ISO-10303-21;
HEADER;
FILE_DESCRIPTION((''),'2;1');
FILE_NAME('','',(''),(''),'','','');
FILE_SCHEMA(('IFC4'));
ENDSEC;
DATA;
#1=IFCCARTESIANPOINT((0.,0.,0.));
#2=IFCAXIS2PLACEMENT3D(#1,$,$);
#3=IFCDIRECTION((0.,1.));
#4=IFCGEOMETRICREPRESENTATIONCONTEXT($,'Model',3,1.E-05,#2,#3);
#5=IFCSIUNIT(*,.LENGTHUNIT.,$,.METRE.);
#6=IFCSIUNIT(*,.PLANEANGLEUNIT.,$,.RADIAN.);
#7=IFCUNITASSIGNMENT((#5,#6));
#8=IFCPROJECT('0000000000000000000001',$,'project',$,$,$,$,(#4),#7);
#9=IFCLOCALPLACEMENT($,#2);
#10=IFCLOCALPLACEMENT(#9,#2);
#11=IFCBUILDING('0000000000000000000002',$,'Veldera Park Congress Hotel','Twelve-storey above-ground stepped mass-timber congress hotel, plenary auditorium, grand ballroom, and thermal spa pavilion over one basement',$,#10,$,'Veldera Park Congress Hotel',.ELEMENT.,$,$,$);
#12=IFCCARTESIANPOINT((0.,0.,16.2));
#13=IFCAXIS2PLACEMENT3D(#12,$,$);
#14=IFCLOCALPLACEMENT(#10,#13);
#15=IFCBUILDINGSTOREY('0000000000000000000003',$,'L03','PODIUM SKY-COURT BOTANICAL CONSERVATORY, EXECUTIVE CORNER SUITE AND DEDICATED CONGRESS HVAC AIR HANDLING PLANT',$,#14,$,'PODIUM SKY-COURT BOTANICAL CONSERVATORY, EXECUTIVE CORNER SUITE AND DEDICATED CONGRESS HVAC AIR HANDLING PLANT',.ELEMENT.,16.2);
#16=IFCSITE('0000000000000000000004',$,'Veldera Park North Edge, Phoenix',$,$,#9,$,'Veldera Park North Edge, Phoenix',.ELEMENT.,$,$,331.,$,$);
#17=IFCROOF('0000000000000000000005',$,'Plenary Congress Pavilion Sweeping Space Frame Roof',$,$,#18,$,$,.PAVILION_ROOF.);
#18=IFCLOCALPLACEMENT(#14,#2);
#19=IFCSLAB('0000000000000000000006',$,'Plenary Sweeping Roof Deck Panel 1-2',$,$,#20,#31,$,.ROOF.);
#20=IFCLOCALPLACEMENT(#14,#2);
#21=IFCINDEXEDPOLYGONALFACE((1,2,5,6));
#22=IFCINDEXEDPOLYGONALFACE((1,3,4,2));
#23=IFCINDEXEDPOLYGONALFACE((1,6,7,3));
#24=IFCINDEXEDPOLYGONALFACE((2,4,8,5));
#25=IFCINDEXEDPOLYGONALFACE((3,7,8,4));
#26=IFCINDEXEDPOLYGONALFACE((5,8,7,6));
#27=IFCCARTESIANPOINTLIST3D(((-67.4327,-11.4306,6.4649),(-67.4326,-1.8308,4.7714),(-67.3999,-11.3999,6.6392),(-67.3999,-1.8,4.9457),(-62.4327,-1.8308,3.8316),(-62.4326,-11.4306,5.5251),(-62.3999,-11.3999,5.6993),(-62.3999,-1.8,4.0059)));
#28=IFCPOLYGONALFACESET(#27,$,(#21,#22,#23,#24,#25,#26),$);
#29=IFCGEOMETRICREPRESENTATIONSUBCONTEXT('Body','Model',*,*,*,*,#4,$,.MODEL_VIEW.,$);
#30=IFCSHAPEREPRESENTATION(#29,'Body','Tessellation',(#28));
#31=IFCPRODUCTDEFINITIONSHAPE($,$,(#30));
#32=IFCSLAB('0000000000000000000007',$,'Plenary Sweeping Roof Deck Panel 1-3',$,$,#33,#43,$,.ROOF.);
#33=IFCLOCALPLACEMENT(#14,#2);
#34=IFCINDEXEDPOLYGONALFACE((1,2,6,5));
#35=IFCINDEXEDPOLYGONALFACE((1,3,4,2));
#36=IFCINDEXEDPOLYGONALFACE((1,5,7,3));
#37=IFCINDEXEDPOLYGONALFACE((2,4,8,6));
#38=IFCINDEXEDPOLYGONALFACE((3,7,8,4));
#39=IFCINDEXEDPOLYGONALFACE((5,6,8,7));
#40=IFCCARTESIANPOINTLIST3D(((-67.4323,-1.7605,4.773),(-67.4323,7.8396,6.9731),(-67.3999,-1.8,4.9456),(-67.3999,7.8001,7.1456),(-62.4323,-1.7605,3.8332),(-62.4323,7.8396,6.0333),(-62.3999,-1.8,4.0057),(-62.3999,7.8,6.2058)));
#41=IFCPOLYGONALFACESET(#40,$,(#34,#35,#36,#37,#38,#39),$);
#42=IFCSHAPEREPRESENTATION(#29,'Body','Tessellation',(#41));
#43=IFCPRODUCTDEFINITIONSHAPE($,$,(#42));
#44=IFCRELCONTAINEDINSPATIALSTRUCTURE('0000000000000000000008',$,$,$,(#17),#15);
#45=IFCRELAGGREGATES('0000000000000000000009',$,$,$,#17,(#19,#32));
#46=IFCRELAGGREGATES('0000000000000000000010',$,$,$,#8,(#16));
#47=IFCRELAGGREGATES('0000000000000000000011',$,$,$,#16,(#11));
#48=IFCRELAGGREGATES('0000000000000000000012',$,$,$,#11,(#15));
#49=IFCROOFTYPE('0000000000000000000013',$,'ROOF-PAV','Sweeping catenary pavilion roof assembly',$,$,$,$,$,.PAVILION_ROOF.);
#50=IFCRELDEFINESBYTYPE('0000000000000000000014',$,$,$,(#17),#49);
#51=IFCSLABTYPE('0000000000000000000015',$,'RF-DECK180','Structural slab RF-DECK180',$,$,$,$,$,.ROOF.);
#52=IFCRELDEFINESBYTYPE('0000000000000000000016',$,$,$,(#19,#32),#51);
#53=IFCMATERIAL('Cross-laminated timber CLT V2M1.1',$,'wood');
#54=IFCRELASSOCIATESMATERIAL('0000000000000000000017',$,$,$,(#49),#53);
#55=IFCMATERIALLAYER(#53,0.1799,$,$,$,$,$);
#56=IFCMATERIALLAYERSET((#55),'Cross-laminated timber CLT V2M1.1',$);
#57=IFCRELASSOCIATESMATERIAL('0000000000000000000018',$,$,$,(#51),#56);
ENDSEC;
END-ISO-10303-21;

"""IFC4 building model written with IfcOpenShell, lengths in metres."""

from ifc_helpers import new_model, si_unit, direction, frame, origin, place, context, subcontext, project, spatial, polyline, outline, extrude, material, layer, layer_set, type_object, element, aggregate, save


model = new_model("IFC4")

# Units and contexts
model_context = context("Model", 3, precision=1e-05, world=origin(), true_north=direction((0.0, 1.0)))
body_context = subcontext(model_context, "Body", "Model", "MODEL_VIEW")
ifc_project = project(units=[si_unit("LENGTHUNIT", "METRE"), si_unit("PLANEANGLEUNIT", "RADIAN")], contexts=[model_context])

# Site, building, storey
site_placement = place(None, origin())
site = spatial("IfcSite", under=ifc_project, at=site_placement, Name="Veldera Park North Edge, Phoenix", LongName="Veldera Park North Edge, Phoenix", CompositionType="ELEMENT", RefElevation=331.0)
building_placement = place(site_placement, origin())
building = spatial("IfcBuilding", under=site, at=building_placement, Name="Veldera Park Congress Hotel", Description="Twelve-storey above-ground stepped mass-timber congress hotel, plenary auditorium, grand ballroom, and thermal spa pavilion over one basement", LongName="Veldera Park Congress Hotel", CompositionType="ELEMENT")
storey_placement = place(building_placement, frame((0.0, 0.0, 16.2)))
storey = spatial("IfcBuildingStorey", under=building, at=storey_placement, Name="L03", Description="PODIUM SKY-COURT BOTANICAL CONSERVATORY, EXECUTIVE CORNER SUITE AND DEDICATED CONGRESS HVAC AIR HANDLING PLANT", LongName="PODIUM SKY-COURT BOTANICAL CONSERVATORY, EXECUTIVE CORNER SUITE AND DEDICATED CONGRESS HVAC AIR HANDLING PLANT", CompositionType="ELEMENT", Elevation=16.2)

# Roof
ifc_material_1 = material(Name="Cross-laminated timber CLT V2M1.1", Category="wood")
roof_type_1 = type_object("IfcRoofType", Name="ROOF-PAV", Description="Sweeping catenary pavilion roof assembly", PredefinedType="PAVILION_ROOF", material=ifc_material_1)
roof_1_placement = place(storey_placement, origin())
roof_1 = element("IfcRoof", 1, at=roof_1_placement, inside=storey, type_object=roof_type_1, Name="Plenary Congress Pavilion Sweeping Space Frame Roof", PredefinedType="PAVILION_ROOF")

# Slabs
ifc_layer_1 = layer(ifc_material_1, 0.1799)
ifc_layer_set_1 = layer_set([ifc_layer_1], Name="Cross-laminated timber CLT V2M1.1")
slab_type_1 = type_object("IfcSlabType", Name="RF-DECK180", Description="Structural slab RF-DECK180", PredefinedType="ROOF", material=ifc_layer_set_1)
slab_1_placement = place(storey_placement, frame((-67.3999, -11.3999, 6.6392), z_axis=(0.182014, 0.170823, 0.968344), x_axis=(0.982789, 0.000004, -0.18473)))
slab_1 = element("IfcSlab", 2, at=slab_1_placement, type_object=slab_type_1, Name="Plenary Sweeping Roof Deck Panel 1-2", PredefinedType="ROOF", context=body_context, shape_type="SweptSolid", body=[
    extrude(outline(polyline([(0.0, 0.0), (5.0876, 0.0), (5.4004, 9.743), (0.3129, 9.7431), (0.0, 0.0)])), origin(), (0.0, 0.0, -1.0), 0.1799),
])
slab_2_placement = place(storey_placement, frame((-67.3999, -1.8, 4.9456), z_axis=(0.180215, -0.219724, 0.958772), x_axis=(0.98279, 0.000005, -0.184728)))
slab_2 = element("IfcSlab", 3, at=slab_2_placement, type_object=slab_type_1, Name="Plenary Sweeping Roof Deck Panel 1-3", PredefinedType="ROOF", context=body_context, shape_type="SweptSolid", body=[
    extrude(outline(polyline([(0.0, 0.0), (5.0875, 0.0), (4.6812, 9.8406), (-0.4064, 9.8406), (0.0, 0.0)])), origin(), (0.0, 0.0, -1.0), 0.1799),
])
aggregate(roof_1, [slab_1, slab_2])

save(model, "model.ifc")
